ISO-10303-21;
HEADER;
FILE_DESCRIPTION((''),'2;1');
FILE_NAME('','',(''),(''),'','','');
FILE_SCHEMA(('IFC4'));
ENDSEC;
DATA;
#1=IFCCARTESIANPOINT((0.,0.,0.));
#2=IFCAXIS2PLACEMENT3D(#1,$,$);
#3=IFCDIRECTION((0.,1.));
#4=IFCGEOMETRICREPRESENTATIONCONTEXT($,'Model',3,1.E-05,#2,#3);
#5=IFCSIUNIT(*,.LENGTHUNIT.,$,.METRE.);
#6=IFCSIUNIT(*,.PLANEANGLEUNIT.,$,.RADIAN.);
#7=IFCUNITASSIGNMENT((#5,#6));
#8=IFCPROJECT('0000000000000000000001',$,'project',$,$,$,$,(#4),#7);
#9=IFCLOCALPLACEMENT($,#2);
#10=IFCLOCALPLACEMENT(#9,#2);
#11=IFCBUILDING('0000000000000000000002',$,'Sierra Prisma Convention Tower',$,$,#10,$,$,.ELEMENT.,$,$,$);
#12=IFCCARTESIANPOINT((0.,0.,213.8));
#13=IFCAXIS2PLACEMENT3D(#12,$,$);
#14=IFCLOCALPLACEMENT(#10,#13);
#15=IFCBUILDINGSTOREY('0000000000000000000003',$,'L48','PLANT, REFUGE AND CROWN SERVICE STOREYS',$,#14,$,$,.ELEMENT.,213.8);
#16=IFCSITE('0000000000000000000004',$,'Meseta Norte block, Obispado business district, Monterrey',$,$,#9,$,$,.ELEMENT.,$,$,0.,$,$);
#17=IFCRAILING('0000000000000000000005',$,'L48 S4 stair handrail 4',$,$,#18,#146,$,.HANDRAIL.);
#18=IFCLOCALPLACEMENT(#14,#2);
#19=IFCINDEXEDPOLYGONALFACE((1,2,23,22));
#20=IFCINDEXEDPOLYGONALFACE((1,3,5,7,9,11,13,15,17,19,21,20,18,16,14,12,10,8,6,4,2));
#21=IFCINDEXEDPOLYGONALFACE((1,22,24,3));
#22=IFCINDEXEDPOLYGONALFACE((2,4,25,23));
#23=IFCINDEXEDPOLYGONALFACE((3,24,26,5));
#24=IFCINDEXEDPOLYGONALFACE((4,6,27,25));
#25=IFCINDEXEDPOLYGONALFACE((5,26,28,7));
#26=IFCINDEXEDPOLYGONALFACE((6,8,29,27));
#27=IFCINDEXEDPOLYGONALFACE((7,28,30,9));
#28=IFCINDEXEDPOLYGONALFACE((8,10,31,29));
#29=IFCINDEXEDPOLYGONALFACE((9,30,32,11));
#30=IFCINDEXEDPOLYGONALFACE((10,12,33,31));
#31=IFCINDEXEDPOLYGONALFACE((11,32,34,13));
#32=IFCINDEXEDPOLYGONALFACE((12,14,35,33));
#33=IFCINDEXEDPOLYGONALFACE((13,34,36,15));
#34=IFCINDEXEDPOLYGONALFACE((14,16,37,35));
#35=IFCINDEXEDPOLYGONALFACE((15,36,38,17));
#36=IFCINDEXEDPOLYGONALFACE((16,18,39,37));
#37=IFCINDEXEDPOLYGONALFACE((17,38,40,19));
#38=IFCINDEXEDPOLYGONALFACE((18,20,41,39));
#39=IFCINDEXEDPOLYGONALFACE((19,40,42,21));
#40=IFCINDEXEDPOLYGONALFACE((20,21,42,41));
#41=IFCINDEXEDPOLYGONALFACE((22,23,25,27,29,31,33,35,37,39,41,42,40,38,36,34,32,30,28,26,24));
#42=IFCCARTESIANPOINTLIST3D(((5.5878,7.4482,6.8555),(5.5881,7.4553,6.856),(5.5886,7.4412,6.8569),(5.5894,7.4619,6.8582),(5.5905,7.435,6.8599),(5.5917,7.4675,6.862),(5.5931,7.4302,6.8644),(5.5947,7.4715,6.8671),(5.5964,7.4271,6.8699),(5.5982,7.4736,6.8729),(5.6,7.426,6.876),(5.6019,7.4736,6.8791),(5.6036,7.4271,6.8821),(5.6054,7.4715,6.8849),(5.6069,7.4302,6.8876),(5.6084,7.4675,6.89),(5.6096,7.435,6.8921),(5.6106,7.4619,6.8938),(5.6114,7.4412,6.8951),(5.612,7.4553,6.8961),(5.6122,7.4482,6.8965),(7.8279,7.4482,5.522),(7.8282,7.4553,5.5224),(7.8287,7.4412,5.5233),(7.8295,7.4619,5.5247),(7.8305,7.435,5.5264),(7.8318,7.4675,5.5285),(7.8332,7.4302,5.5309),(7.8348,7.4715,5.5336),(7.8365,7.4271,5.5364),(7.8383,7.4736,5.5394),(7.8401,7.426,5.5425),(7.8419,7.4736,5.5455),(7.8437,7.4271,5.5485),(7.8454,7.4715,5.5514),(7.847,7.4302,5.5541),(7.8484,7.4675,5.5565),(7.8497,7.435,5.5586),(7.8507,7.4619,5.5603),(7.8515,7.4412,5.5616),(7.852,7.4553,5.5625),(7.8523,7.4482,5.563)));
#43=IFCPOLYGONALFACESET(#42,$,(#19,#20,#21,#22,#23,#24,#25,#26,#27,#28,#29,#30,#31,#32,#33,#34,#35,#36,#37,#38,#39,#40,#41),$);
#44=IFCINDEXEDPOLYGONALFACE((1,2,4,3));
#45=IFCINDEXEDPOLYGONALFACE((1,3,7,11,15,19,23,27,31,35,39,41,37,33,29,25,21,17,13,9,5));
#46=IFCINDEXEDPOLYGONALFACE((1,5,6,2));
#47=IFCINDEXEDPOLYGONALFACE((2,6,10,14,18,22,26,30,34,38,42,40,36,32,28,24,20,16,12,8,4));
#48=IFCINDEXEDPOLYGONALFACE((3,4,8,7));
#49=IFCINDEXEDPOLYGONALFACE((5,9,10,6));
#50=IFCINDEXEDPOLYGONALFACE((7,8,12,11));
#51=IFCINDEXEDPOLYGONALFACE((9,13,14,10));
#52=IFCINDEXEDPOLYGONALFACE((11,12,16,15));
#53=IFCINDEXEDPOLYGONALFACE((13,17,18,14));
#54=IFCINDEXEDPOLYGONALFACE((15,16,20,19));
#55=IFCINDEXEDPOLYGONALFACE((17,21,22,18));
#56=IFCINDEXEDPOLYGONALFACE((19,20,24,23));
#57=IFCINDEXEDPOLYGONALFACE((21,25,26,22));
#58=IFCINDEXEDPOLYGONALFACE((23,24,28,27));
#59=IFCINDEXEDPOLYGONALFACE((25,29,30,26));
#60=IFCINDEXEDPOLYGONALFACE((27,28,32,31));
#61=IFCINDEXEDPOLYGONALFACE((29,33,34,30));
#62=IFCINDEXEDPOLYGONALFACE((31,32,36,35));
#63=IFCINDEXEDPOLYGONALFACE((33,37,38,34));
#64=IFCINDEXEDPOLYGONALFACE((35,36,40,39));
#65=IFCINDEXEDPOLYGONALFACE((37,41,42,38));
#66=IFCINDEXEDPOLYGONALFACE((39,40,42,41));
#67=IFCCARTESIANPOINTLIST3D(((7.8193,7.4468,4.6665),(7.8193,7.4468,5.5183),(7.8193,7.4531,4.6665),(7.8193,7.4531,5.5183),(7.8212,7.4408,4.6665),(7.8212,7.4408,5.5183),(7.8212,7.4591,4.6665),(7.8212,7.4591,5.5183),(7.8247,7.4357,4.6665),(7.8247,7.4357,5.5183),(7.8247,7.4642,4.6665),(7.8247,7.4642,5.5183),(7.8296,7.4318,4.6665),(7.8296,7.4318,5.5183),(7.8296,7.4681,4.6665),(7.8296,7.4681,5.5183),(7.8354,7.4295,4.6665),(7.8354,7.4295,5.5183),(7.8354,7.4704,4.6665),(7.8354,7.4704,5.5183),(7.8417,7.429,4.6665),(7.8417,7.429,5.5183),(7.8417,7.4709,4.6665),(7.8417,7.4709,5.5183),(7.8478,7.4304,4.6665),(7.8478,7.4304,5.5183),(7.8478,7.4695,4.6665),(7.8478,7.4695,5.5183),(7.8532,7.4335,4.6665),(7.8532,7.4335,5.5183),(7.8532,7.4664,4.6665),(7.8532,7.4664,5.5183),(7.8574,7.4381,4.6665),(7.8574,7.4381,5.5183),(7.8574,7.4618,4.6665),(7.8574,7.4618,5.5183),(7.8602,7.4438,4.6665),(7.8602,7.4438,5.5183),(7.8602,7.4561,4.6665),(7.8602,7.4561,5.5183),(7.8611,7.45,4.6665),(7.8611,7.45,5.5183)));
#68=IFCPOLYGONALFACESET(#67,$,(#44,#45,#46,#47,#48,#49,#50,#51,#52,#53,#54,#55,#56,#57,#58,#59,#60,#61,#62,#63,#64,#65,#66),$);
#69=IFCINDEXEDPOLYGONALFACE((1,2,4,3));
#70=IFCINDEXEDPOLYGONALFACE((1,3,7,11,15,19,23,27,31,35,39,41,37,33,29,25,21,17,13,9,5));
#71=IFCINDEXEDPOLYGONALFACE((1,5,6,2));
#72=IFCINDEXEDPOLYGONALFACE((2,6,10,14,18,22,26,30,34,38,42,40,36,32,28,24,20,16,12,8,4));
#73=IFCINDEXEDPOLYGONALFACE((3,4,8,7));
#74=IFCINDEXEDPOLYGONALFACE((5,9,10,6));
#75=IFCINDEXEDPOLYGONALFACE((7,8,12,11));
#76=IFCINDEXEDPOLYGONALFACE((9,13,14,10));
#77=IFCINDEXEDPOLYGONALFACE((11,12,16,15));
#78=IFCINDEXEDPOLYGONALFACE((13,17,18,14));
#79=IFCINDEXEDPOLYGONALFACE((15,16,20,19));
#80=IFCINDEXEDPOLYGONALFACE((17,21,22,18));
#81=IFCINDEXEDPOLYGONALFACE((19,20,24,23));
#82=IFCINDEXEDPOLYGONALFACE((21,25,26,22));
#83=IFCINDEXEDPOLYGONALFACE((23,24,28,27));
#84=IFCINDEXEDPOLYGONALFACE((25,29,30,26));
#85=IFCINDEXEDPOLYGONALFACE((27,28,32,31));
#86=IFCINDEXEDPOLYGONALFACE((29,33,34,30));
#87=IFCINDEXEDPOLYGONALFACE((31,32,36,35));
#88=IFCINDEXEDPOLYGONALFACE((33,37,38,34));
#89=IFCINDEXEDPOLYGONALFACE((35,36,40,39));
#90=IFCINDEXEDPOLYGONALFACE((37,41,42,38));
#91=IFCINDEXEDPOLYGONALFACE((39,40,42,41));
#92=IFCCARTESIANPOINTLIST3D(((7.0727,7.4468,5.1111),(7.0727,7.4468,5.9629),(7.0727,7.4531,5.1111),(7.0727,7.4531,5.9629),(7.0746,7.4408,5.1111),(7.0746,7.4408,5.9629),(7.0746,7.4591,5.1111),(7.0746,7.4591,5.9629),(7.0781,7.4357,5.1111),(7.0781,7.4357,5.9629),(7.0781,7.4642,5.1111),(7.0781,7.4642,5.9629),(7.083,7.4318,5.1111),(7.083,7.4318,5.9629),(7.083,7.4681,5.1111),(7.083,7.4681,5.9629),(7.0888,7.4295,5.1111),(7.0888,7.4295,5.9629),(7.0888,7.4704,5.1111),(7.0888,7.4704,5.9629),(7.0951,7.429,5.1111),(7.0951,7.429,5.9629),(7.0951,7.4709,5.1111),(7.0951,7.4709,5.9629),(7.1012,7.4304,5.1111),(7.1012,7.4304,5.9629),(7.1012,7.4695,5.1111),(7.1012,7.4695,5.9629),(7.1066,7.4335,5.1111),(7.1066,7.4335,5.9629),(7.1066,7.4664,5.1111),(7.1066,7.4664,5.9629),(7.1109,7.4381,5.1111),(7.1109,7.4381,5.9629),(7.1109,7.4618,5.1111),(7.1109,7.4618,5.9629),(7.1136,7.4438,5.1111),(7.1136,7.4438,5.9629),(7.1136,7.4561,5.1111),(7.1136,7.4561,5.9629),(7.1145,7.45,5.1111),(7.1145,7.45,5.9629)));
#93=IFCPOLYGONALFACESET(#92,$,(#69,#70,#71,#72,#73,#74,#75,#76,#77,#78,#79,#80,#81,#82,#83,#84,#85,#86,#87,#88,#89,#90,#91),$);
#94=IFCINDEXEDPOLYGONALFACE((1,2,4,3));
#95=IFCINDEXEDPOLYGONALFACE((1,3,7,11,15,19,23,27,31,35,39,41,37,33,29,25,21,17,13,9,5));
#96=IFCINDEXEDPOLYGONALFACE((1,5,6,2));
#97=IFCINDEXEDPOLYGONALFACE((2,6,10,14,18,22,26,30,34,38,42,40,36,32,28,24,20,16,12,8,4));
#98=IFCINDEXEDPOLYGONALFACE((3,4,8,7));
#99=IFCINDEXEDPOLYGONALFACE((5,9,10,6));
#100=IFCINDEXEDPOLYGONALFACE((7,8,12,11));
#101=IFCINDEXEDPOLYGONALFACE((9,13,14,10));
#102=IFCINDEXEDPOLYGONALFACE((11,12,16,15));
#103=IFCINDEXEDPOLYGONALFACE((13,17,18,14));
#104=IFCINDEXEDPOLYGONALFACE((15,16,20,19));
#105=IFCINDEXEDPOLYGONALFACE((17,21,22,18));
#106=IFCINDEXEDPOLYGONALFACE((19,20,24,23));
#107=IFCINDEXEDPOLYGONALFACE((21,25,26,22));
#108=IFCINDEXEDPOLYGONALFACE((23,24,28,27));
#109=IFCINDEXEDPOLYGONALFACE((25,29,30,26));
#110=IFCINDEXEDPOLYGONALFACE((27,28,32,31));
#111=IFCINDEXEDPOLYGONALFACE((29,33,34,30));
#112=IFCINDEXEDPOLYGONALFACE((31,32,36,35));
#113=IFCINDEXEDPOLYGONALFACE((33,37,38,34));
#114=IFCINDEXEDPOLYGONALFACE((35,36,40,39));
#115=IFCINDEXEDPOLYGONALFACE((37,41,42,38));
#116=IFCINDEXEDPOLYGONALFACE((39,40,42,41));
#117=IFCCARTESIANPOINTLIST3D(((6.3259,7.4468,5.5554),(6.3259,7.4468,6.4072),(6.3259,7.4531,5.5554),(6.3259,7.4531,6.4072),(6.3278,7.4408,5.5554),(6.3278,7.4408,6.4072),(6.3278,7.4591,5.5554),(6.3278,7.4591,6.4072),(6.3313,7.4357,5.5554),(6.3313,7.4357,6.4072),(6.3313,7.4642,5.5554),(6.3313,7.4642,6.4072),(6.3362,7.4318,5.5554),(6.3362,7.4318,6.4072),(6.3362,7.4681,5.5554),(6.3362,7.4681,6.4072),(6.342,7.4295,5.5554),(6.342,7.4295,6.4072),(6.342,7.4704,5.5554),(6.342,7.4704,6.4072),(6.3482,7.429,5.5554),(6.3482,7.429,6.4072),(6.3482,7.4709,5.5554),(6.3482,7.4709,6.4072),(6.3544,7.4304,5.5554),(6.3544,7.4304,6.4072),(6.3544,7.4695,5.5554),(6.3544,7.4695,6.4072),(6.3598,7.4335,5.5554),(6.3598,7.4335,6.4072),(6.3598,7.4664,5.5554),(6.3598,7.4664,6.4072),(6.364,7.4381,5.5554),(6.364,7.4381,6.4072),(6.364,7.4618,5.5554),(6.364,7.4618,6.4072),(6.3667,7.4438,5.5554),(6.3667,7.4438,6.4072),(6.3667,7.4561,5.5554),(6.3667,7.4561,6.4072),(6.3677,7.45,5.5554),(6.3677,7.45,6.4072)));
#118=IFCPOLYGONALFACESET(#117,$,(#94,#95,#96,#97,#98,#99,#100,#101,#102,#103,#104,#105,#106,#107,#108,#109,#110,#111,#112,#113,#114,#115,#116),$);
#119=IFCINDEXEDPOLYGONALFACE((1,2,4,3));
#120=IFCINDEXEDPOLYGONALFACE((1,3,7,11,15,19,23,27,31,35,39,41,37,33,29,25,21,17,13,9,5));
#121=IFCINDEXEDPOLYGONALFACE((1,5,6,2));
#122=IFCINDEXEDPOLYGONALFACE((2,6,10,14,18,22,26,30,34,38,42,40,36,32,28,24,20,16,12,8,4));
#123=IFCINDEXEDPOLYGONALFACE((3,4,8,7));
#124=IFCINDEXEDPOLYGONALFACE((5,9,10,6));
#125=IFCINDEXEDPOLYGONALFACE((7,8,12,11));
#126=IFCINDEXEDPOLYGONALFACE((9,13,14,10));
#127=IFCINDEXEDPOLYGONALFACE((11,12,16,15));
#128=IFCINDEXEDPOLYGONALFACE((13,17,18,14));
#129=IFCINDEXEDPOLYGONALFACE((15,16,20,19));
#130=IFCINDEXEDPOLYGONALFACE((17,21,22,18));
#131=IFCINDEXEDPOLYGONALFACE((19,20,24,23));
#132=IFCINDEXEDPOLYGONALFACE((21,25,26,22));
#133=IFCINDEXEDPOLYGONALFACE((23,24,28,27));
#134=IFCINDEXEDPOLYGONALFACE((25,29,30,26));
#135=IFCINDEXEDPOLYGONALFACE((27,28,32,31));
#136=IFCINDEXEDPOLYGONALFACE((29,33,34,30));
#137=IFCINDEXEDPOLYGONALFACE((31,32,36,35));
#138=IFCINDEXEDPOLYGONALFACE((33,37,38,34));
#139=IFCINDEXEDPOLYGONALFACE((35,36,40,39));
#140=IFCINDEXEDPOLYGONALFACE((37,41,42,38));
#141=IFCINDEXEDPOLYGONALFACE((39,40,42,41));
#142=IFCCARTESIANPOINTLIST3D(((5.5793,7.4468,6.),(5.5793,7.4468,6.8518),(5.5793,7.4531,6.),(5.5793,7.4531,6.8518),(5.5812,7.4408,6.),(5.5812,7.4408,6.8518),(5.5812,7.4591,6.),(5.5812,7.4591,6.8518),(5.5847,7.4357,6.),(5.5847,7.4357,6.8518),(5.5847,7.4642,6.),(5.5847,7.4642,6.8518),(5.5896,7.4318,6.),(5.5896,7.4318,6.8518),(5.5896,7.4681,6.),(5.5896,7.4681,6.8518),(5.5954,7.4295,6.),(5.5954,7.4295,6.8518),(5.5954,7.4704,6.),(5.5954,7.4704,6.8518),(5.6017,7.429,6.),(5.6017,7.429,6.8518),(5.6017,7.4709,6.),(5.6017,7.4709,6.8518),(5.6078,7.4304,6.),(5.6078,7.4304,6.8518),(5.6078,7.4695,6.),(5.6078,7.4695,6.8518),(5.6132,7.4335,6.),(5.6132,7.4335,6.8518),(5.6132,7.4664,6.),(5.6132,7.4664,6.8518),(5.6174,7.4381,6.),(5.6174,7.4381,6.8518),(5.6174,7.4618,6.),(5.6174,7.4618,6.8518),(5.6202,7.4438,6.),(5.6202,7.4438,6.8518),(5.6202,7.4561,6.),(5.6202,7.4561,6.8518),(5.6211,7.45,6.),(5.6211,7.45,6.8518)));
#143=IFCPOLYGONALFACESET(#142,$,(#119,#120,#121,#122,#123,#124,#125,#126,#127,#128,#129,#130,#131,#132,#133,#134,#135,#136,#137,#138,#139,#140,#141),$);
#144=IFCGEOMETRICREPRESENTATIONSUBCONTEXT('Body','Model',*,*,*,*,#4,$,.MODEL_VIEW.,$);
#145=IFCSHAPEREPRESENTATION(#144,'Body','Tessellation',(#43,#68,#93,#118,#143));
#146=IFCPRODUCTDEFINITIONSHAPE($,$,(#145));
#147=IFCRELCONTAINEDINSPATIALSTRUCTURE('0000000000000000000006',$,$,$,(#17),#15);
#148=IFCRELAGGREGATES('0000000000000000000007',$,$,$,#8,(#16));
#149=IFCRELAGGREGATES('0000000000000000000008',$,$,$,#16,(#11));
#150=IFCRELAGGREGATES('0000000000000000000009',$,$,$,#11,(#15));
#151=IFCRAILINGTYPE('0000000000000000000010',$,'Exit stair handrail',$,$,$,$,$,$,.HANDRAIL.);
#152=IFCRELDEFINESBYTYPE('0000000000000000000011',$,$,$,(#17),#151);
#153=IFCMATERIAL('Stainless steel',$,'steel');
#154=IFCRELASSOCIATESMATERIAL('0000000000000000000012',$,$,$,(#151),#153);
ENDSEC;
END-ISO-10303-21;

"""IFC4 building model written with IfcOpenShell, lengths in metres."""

from ifc_helpers import new_model, si_unit, direction, frame, origin, origin_2d, place, context, subcontext, project, spatial, circle, extrude, material, type_object, element, save


model = new_model("IFC4")

# Units and contexts
model_context = context("Model", 3, precision=1e-05, world=origin(), true_north=direction((0.0, 1.0)))
body_context = subcontext(model_context, "Body", "Model", "MODEL_VIEW")
ifc_project = project(units=[si_unit("LENGTHUNIT", "METRE"), si_unit("PLANEANGLEUNIT", "RADIAN")], contexts=[model_context])

# Site, building, storey
site_placement = place(None, origin())
site = spatial("IfcSite", under=ifc_project, at=site_placement, Name="Meseta Norte block, Obispado business district, Monterrey", CompositionType="ELEMENT", RefElevation=0.0)
building_placement = place(site_placement, origin())
building = spatial("IfcBuilding", under=site, at=building_placement, Name="Sierra Prisma Convention Tower", CompositionType="ELEMENT")
storey_placement = place(building_placement, frame((0.0, 0.0, 213.8)))
storey = spatial("IfcBuildingStorey", under=building, at=storey_placement, Name="L48", Description="PLANT, REFUGE AND CROWN SERVICE STOREYS", CompositionType="ELEMENT", Elevation=213.8)

# Railing
ifc_material_1 = material(Name="Stainless steel", Category="steel")
railing_type_1 = type_object("IfcRailingType", Name="Exit stair handrail", PredefinedType="HANDRAIL", material=ifc_material_1)
for number, where, name in (
    (1, (7.8401, 7.45, 4.6665), "L48 S4 stair handrail 4"),
):
    element("IfcRailing", number, at=place(storey_placement, frame(where)), inside=storey, type_object=railing_type_1, Name=name, PredefinedType="HANDRAIL", context=body_context, shape_type="SweptSolid", body=[
        extrude(circle(Radius=0.0239, at=origin_2d()), frame((0.0, 0.0, 0.876), z_axis=(-0.859264, 0.0, 0.511532), x_axis=(0.0, -1.0, 0.0)), (0.0, 0.0, 1.0), 2.6069),
        extrude(circle(Radius=0.021, at=origin_2d()), origin(), (0.0, 0.0, 1.0), 0.8518),
        extrude(circle(Radius=0.021, at=origin_2d()), frame((-0.7466, 0.0, 0.4446)), (0.0, 0.0, 1.0), 0.8518),
        extrude(circle(Radius=0.021, at=origin_2d()), frame((-1.4934, 0.0, 0.8889)), (0.0, 0.0, 1.0), 0.8518),
        extrude(circle(Radius=0.021, at=origin_2d()), frame((-2.24, 0.0, 1.3335)), (0.0, 0.0, 1.0), 0.8518),
    ])

save(model, "model.ifc")
